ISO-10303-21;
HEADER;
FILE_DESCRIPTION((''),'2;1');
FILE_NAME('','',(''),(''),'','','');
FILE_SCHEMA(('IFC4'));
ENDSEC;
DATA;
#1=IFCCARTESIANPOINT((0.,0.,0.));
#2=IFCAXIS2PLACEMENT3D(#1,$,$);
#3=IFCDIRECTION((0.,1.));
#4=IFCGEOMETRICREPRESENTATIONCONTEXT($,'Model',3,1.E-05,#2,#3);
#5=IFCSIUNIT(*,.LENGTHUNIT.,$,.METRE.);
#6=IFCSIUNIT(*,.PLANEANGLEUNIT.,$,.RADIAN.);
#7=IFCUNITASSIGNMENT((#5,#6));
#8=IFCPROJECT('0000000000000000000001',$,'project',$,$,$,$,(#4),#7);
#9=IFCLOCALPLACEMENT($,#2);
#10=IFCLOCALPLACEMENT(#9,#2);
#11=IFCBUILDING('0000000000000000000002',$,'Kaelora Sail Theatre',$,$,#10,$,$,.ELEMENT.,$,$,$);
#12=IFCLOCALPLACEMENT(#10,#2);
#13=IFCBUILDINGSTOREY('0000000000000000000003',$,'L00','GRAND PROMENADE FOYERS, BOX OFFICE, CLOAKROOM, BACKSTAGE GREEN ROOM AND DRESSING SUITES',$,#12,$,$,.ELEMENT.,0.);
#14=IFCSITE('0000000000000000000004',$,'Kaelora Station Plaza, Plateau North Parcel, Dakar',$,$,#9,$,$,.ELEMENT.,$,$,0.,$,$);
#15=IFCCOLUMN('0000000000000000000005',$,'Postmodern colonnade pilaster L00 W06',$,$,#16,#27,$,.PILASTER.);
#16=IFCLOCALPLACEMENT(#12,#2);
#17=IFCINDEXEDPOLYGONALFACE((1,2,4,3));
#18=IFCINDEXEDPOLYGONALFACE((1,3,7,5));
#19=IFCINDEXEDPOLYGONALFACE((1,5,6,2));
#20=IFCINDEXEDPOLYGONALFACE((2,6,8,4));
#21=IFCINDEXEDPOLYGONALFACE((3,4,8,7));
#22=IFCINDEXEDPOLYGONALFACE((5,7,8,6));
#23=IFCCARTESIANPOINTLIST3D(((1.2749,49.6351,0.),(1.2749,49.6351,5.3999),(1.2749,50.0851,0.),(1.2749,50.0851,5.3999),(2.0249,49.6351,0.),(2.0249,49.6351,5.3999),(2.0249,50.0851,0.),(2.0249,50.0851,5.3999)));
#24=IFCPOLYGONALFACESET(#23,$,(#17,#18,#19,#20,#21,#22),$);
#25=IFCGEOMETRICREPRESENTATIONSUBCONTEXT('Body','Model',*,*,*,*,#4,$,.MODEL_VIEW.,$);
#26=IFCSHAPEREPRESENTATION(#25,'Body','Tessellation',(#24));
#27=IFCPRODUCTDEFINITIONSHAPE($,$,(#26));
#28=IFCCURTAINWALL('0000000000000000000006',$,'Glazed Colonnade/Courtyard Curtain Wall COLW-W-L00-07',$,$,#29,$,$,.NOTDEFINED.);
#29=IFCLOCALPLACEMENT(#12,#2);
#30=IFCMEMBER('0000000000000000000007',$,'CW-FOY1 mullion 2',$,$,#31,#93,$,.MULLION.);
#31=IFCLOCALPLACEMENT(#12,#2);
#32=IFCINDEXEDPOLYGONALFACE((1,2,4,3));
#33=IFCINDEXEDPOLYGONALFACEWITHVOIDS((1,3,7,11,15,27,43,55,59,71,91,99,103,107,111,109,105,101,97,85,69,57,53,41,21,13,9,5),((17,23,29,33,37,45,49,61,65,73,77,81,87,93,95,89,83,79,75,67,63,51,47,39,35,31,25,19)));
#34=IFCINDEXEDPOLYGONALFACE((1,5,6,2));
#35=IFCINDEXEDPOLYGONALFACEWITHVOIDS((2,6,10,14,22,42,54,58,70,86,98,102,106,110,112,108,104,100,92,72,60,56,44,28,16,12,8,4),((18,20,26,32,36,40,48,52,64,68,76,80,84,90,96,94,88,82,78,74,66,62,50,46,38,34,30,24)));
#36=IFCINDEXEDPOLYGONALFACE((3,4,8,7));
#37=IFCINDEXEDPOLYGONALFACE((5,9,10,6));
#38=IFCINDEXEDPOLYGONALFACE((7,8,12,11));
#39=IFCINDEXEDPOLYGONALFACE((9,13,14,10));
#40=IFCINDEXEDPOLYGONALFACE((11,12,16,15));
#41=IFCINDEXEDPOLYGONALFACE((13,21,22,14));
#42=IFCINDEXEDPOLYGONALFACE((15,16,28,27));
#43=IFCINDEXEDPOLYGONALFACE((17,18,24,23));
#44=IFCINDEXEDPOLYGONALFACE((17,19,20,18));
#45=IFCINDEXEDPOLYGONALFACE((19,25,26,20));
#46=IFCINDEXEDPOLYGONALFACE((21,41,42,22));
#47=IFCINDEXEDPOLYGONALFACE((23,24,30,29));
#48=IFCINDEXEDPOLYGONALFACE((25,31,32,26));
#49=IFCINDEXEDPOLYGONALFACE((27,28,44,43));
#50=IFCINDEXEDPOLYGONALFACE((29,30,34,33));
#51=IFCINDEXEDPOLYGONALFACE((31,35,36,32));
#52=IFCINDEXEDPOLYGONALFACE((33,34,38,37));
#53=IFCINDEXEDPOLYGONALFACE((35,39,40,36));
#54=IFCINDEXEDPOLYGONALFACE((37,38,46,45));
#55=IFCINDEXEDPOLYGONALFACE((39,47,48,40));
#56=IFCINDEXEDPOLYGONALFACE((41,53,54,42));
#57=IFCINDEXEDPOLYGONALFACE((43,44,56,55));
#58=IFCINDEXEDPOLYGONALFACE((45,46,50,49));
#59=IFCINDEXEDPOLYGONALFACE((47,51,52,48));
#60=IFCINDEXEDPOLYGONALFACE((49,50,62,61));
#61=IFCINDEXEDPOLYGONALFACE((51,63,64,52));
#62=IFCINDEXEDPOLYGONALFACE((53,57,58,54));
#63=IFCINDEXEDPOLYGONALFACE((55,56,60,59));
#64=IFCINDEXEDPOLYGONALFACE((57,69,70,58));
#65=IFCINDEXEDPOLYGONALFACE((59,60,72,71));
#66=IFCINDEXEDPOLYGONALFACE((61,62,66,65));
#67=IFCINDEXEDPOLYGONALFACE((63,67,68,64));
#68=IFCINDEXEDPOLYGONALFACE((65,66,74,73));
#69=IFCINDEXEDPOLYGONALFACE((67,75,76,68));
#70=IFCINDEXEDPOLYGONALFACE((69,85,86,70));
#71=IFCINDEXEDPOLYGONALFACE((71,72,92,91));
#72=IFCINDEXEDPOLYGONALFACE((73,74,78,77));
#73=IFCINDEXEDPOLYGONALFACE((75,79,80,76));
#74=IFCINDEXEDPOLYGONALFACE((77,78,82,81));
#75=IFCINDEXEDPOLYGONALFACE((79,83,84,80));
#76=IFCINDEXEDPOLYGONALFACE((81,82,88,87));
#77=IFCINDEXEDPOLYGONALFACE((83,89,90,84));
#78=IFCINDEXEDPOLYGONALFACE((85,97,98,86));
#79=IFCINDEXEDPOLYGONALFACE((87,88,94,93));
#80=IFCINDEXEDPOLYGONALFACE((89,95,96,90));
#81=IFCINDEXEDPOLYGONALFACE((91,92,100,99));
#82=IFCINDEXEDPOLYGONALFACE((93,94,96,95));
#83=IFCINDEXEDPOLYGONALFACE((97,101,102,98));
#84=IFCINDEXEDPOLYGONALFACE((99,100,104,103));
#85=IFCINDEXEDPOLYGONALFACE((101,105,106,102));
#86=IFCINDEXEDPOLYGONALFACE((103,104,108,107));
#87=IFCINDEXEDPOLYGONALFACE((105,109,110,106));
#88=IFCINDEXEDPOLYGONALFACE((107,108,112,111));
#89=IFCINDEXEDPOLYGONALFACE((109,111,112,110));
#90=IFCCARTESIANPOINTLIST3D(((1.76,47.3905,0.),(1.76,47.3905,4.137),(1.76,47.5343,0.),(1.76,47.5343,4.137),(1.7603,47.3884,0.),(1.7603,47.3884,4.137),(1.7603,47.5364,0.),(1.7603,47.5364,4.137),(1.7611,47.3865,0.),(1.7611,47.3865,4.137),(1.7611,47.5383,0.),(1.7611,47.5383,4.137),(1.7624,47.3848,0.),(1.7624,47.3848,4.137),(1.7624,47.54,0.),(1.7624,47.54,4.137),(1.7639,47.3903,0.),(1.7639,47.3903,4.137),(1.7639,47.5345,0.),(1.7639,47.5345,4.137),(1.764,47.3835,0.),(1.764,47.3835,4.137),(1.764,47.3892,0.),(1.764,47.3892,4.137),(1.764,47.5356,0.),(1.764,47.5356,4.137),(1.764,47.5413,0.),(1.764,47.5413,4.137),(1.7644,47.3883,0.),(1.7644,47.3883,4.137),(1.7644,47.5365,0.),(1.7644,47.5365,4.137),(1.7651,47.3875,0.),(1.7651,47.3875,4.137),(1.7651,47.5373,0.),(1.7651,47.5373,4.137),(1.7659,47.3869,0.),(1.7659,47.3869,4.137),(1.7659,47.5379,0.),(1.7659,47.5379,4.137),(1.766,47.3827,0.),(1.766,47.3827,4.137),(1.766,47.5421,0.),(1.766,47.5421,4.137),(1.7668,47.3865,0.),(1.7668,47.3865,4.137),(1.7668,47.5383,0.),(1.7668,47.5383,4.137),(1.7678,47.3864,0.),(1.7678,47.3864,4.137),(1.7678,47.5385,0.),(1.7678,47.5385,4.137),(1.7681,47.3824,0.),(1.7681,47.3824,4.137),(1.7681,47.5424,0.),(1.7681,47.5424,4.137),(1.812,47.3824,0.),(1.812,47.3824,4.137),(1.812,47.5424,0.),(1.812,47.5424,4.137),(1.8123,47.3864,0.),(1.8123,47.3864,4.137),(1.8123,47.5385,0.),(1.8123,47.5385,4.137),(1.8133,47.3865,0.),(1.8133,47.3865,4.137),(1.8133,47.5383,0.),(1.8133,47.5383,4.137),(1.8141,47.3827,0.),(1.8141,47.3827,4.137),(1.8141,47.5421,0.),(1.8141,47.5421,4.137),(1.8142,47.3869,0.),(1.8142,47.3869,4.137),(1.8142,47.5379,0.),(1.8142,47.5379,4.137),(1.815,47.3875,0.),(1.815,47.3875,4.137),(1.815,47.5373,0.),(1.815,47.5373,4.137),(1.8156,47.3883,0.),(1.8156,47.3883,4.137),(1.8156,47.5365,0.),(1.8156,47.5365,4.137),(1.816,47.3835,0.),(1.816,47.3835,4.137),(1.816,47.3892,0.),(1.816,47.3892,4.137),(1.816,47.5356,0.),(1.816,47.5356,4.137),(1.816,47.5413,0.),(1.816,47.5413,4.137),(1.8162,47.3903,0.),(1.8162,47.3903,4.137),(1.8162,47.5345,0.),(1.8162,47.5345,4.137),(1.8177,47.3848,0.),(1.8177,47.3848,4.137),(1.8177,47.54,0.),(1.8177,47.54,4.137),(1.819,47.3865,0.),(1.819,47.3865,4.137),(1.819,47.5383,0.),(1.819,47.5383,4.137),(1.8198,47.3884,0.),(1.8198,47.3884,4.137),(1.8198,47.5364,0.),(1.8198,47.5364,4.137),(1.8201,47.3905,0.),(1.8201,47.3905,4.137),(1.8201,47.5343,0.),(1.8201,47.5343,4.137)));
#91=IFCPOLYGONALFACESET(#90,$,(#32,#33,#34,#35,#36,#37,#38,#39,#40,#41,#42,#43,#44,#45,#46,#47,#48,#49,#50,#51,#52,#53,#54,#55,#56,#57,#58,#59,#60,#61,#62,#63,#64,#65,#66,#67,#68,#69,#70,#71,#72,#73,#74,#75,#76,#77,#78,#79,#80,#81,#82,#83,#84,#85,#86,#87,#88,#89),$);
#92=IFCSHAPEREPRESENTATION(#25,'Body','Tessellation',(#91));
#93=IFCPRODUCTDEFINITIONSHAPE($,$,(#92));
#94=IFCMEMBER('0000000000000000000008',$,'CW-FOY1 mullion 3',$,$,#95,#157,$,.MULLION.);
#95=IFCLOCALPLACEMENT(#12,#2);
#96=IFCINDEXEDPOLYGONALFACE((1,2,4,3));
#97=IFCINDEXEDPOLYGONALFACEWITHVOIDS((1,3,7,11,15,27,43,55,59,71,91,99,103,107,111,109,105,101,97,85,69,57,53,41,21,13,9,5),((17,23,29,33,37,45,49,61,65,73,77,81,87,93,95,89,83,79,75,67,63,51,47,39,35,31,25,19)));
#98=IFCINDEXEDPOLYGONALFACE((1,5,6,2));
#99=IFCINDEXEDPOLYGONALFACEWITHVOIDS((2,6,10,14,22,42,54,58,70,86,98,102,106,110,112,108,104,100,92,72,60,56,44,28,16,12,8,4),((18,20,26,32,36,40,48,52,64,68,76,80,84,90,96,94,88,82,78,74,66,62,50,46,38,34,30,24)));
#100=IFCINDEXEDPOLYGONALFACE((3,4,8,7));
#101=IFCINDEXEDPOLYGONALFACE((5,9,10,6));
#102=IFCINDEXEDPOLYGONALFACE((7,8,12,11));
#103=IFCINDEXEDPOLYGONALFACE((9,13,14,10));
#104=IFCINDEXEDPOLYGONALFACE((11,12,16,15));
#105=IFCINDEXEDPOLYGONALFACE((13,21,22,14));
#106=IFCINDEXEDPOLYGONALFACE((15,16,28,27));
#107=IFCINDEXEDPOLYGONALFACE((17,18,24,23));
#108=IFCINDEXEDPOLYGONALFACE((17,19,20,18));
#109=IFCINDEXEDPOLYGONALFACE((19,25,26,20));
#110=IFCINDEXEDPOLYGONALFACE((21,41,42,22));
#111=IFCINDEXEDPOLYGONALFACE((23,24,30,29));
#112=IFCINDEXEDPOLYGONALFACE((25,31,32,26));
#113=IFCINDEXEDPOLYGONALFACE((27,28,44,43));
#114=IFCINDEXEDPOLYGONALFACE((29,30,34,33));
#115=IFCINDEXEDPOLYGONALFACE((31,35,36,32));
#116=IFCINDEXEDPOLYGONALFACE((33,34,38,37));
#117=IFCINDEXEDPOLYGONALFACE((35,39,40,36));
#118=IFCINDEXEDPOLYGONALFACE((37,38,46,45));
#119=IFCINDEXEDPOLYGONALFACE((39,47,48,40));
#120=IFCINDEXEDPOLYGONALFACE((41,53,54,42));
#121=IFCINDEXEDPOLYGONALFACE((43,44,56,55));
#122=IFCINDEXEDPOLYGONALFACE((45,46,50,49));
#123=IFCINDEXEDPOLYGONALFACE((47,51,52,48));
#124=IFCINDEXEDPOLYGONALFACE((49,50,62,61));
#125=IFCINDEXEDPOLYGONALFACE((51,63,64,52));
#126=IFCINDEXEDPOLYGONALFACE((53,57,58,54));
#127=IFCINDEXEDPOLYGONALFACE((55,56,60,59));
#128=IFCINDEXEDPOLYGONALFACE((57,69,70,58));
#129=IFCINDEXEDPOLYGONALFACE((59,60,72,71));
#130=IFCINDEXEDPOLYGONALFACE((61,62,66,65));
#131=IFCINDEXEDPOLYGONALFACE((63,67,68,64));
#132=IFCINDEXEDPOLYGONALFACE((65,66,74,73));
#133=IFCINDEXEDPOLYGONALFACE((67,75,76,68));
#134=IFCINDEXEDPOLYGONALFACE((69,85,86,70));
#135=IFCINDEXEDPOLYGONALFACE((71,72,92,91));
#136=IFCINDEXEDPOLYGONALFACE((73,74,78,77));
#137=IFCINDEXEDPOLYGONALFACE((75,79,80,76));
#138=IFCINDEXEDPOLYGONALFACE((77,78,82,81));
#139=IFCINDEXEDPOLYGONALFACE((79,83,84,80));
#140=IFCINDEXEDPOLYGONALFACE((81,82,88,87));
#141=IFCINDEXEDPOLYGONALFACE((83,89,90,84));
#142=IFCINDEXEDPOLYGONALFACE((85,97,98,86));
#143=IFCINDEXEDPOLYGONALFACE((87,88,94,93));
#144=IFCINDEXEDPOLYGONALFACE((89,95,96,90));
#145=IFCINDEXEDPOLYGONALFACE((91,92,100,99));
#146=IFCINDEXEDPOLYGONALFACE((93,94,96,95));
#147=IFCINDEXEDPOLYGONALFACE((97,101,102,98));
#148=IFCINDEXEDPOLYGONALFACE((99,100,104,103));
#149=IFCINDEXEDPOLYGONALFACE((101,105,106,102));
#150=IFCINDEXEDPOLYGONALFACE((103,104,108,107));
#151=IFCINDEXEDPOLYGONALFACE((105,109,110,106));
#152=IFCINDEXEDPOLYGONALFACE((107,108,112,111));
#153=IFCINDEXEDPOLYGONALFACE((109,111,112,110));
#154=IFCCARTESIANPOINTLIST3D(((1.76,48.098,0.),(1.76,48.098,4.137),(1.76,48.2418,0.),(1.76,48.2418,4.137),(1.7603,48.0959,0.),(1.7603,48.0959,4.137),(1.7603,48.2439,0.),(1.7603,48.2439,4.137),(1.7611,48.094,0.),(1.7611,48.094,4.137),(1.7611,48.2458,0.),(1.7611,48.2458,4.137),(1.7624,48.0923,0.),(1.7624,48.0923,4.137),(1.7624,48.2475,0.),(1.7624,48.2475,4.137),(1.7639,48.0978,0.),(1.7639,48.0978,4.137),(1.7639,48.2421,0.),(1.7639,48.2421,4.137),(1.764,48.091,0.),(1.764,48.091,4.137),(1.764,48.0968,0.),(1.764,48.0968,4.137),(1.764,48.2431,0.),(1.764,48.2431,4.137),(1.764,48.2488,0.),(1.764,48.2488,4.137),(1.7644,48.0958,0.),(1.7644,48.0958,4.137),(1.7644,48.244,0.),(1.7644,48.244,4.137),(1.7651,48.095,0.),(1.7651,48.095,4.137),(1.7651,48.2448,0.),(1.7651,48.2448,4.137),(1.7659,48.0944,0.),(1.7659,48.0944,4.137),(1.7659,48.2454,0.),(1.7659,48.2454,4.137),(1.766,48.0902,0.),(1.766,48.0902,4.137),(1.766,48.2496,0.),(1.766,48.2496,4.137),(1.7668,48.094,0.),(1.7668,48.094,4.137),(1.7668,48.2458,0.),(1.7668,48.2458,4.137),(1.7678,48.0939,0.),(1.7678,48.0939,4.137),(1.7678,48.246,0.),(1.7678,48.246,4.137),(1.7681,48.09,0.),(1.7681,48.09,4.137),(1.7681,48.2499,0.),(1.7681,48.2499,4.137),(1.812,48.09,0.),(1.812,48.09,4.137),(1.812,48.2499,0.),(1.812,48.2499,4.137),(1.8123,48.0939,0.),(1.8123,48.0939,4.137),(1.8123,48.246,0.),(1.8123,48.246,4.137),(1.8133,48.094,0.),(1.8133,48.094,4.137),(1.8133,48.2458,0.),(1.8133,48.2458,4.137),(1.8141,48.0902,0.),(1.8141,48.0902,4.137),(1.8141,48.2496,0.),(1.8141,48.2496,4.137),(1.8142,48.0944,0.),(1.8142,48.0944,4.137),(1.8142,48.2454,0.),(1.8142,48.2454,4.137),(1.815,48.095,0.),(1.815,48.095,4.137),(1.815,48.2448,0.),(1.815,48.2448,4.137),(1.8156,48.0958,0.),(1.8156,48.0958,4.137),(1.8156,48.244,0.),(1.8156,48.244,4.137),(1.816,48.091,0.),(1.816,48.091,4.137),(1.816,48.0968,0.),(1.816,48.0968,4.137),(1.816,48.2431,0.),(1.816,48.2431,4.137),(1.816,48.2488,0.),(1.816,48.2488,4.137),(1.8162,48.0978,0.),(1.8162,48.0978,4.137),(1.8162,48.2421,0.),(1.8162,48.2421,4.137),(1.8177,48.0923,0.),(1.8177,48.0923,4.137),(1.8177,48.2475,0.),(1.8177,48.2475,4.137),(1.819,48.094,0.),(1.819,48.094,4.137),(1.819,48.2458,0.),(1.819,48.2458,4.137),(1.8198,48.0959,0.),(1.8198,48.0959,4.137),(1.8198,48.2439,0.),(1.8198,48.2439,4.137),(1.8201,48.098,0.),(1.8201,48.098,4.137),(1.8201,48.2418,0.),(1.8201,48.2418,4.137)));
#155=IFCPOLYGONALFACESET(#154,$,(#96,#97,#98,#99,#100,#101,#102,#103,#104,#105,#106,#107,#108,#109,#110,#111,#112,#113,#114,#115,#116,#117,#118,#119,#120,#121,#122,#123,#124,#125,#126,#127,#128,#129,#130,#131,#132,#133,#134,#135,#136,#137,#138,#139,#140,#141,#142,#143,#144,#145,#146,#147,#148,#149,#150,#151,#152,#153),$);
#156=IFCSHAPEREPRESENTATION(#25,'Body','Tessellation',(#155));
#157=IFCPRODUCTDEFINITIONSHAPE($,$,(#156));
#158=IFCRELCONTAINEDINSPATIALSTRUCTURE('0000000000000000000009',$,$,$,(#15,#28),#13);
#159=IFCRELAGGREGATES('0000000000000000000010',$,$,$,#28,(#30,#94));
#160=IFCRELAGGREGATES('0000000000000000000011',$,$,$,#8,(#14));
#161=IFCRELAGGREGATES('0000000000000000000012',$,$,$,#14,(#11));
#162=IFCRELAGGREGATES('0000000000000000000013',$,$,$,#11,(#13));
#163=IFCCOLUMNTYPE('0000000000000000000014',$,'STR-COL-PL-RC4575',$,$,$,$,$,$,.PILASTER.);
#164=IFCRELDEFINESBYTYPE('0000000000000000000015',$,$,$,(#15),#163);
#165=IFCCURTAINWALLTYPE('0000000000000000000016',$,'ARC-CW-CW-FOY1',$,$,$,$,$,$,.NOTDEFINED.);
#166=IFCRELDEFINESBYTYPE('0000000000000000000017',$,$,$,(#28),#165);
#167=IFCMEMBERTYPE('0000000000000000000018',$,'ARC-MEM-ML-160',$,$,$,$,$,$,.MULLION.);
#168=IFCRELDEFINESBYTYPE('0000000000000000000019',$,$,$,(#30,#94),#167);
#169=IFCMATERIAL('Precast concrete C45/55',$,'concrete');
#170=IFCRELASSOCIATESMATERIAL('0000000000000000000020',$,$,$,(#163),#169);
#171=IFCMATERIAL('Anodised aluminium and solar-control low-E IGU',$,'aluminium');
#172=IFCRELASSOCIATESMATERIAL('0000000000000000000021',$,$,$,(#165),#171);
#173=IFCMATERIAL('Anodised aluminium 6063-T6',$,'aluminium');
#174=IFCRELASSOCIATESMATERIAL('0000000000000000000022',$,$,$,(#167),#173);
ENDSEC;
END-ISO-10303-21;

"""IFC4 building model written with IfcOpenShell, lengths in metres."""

from ifc_helpers import new_model, si_unit, direction, frame, origin, origin_2d, place, context, subcontext, project, spatial, rectangle, hollow_rectangle, extrude, material, material_profile, profile_set, type_object, element, aggregate, save


model = new_model("IFC4")

# Units and contexts
model_context = context("Model", 3, precision=1e-05, world=origin(), true_north=direction((0.0, 1.0)))
body_context = subcontext(model_context, "Body", "Model", "MODEL_VIEW")
ifc_project = project(units=[si_unit("LENGTHUNIT", "METRE"), si_unit("PLANEANGLEUNIT", "RADIAN")], contexts=[model_context])

# Site, building, storey
site_placement = place(None, origin())
site = spatial("IfcSite", under=ifc_project, at=site_placement, Name="Kaelora Station Plaza, Plateau North Parcel, Dakar", CompositionType="ELEMENT", RefElevation=0.0)
building_placement = place(site_placement, origin())
building = spatial("IfcBuilding", under=site, at=building_placement, Name="Kaelora Sail Theatre", CompositionType="ELEMENT")
storey_placement = place(building_placement, origin())
storey = spatial("IfcBuildingStorey", under=building, at=storey_placement, Name="L00", Description="GRAND PROMENADE FOYERS, BOX OFFICE, CLOAKROOM, BACKSTAGE GREEN ROOM AND DRESSING SUITES", CompositionType="ELEMENT", Elevation=0.0)

# Column
ifc_material_1 = material(Name="Precast concrete C45/55", Category="concrete")
ifc_material_profile_1 = material_profile(ifc_material_1, rectangle(XDim=0.45, YDim=0.75, at=origin_2d()), Name="RC-PIL 450x750")
ifc_profile_set_1 = profile_set([ifc_material_profile_1], Name="Precast concrete C45/55")
column_type = type_object("IfcColumnType", Name="STR-COL-PL-RC4575", PredefinedType="PILASTER", material=ifc_profile_set_1)
column_placement = place(storey_placement, frame((1.6499, 49.8601, 0.0), z_axis=(0.0, 0.0, 1.0), x_axis=(0.0, 1.0, 0.0)))
element("IfcColumn", 1, at=column_placement, inside=storey, type_object=column_type, Name="Postmodern colonnade pilaster L00 W06", PredefinedType="PILASTER", context=body_context, shape_type="SweptSolid", body=[
    extrude(rectangle(XDim=0.45, YDim=0.75, at=origin_2d()), origin(), (0.0, 0.0, 1.0), 5.3999),
])

# Curtain wall, members
ifc_material_2 = material(Name="Anodised aluminium and solar-control low-E IGU", Category="aluminium")
curtain_wall_type = type_object("IfcCurtainWallType", Name="ARC-CW-CW-FOY1", PredefinedType="NOTDEFINED", material=ifc_material_2)
curtain_wall_1_placement = place(storey_placement, origin())
curtain_wall_1 = element("IfcCurtainWall", 2, at=curtain_wall_1_placement, inside=storey, type_object=curtain_wall_type, Name="Glazed Colonnade/Courtyard Curtain Wall COLW-W-L00-07", PredefinedType="NOTDEFINED")
ifc_material_3 = material(Name="Anodised aluminium 6063-T6", Category="aluminium")
ifc_material_profile_2 = material_profile(ifc_material_3, hollow_rectangle(XDim=0.0601, YDim=0.1599, WallThickness=0.0039, InnerFilletRadius=0.0039, OuterFilletRadius=0.0081, at=origin_2d()), Name="ALU-MULL 60x160x4")
ifc_profile_set_2 = profile_set([ifc_material_profile_2], Name="Anodised aluminium 6063-T6")
member_type_1 = type_object("IfcMemberType", Name="ARC-MEM-ML-160", PredefinedType="MULLION", material=ifc_profile_set_2)
member_1_placement = place(storey_placement, frame((1.79, 47.4624, 0.0), z_axis=(0.0, 0.0, 1.0), x_axis=(-1.0, 0.0, 0.0)))
member_1 = element("IfcMember", 3, at=member_1_placement, type_object=member_type_1, Name="CW-FOY1 mullion 2", PredefinedType="MULLION", context=body_context, shape_type="SweptSolid", body=[
    extrude(hollow_rectangle(XDim=0.0601, YDim=0.1599, WallThickness=0.0039, InnerFilletRadius=0.0039, OuterFilletRadius=0.0081, at=origin_2d()), origin(), (0.0, 0.0, 1.0), 4.137),
])
member_2_placement = place(storey_placement, frame((1.79, 48.1699, 0.0), z_axis=(0.0, 0.0, 1.0), x_axis=(-1.0, 0.0, 0.0)))
member_2 = element("IfcMember", 4, at=member_2_placement, type_object=member_type_1, Name="CW-FOY1 mullion 3", PredefinedType="MULLION", context=body_context, shape_type="SweptSolid", body=[
    extrude(hollow_rectangle(XDim=0.0601, YDim=0.1599, WallThickness=0.0039, InnerFilletRadius=0.0039, OuterFilletRadius=0.0081, at=origin_2d()), origin(), (0.0, 0.0, 1.0), 4.137),
])

aggregate(curtain_wall_1, [member_1, member_2])

save(model, "model.ifc")
